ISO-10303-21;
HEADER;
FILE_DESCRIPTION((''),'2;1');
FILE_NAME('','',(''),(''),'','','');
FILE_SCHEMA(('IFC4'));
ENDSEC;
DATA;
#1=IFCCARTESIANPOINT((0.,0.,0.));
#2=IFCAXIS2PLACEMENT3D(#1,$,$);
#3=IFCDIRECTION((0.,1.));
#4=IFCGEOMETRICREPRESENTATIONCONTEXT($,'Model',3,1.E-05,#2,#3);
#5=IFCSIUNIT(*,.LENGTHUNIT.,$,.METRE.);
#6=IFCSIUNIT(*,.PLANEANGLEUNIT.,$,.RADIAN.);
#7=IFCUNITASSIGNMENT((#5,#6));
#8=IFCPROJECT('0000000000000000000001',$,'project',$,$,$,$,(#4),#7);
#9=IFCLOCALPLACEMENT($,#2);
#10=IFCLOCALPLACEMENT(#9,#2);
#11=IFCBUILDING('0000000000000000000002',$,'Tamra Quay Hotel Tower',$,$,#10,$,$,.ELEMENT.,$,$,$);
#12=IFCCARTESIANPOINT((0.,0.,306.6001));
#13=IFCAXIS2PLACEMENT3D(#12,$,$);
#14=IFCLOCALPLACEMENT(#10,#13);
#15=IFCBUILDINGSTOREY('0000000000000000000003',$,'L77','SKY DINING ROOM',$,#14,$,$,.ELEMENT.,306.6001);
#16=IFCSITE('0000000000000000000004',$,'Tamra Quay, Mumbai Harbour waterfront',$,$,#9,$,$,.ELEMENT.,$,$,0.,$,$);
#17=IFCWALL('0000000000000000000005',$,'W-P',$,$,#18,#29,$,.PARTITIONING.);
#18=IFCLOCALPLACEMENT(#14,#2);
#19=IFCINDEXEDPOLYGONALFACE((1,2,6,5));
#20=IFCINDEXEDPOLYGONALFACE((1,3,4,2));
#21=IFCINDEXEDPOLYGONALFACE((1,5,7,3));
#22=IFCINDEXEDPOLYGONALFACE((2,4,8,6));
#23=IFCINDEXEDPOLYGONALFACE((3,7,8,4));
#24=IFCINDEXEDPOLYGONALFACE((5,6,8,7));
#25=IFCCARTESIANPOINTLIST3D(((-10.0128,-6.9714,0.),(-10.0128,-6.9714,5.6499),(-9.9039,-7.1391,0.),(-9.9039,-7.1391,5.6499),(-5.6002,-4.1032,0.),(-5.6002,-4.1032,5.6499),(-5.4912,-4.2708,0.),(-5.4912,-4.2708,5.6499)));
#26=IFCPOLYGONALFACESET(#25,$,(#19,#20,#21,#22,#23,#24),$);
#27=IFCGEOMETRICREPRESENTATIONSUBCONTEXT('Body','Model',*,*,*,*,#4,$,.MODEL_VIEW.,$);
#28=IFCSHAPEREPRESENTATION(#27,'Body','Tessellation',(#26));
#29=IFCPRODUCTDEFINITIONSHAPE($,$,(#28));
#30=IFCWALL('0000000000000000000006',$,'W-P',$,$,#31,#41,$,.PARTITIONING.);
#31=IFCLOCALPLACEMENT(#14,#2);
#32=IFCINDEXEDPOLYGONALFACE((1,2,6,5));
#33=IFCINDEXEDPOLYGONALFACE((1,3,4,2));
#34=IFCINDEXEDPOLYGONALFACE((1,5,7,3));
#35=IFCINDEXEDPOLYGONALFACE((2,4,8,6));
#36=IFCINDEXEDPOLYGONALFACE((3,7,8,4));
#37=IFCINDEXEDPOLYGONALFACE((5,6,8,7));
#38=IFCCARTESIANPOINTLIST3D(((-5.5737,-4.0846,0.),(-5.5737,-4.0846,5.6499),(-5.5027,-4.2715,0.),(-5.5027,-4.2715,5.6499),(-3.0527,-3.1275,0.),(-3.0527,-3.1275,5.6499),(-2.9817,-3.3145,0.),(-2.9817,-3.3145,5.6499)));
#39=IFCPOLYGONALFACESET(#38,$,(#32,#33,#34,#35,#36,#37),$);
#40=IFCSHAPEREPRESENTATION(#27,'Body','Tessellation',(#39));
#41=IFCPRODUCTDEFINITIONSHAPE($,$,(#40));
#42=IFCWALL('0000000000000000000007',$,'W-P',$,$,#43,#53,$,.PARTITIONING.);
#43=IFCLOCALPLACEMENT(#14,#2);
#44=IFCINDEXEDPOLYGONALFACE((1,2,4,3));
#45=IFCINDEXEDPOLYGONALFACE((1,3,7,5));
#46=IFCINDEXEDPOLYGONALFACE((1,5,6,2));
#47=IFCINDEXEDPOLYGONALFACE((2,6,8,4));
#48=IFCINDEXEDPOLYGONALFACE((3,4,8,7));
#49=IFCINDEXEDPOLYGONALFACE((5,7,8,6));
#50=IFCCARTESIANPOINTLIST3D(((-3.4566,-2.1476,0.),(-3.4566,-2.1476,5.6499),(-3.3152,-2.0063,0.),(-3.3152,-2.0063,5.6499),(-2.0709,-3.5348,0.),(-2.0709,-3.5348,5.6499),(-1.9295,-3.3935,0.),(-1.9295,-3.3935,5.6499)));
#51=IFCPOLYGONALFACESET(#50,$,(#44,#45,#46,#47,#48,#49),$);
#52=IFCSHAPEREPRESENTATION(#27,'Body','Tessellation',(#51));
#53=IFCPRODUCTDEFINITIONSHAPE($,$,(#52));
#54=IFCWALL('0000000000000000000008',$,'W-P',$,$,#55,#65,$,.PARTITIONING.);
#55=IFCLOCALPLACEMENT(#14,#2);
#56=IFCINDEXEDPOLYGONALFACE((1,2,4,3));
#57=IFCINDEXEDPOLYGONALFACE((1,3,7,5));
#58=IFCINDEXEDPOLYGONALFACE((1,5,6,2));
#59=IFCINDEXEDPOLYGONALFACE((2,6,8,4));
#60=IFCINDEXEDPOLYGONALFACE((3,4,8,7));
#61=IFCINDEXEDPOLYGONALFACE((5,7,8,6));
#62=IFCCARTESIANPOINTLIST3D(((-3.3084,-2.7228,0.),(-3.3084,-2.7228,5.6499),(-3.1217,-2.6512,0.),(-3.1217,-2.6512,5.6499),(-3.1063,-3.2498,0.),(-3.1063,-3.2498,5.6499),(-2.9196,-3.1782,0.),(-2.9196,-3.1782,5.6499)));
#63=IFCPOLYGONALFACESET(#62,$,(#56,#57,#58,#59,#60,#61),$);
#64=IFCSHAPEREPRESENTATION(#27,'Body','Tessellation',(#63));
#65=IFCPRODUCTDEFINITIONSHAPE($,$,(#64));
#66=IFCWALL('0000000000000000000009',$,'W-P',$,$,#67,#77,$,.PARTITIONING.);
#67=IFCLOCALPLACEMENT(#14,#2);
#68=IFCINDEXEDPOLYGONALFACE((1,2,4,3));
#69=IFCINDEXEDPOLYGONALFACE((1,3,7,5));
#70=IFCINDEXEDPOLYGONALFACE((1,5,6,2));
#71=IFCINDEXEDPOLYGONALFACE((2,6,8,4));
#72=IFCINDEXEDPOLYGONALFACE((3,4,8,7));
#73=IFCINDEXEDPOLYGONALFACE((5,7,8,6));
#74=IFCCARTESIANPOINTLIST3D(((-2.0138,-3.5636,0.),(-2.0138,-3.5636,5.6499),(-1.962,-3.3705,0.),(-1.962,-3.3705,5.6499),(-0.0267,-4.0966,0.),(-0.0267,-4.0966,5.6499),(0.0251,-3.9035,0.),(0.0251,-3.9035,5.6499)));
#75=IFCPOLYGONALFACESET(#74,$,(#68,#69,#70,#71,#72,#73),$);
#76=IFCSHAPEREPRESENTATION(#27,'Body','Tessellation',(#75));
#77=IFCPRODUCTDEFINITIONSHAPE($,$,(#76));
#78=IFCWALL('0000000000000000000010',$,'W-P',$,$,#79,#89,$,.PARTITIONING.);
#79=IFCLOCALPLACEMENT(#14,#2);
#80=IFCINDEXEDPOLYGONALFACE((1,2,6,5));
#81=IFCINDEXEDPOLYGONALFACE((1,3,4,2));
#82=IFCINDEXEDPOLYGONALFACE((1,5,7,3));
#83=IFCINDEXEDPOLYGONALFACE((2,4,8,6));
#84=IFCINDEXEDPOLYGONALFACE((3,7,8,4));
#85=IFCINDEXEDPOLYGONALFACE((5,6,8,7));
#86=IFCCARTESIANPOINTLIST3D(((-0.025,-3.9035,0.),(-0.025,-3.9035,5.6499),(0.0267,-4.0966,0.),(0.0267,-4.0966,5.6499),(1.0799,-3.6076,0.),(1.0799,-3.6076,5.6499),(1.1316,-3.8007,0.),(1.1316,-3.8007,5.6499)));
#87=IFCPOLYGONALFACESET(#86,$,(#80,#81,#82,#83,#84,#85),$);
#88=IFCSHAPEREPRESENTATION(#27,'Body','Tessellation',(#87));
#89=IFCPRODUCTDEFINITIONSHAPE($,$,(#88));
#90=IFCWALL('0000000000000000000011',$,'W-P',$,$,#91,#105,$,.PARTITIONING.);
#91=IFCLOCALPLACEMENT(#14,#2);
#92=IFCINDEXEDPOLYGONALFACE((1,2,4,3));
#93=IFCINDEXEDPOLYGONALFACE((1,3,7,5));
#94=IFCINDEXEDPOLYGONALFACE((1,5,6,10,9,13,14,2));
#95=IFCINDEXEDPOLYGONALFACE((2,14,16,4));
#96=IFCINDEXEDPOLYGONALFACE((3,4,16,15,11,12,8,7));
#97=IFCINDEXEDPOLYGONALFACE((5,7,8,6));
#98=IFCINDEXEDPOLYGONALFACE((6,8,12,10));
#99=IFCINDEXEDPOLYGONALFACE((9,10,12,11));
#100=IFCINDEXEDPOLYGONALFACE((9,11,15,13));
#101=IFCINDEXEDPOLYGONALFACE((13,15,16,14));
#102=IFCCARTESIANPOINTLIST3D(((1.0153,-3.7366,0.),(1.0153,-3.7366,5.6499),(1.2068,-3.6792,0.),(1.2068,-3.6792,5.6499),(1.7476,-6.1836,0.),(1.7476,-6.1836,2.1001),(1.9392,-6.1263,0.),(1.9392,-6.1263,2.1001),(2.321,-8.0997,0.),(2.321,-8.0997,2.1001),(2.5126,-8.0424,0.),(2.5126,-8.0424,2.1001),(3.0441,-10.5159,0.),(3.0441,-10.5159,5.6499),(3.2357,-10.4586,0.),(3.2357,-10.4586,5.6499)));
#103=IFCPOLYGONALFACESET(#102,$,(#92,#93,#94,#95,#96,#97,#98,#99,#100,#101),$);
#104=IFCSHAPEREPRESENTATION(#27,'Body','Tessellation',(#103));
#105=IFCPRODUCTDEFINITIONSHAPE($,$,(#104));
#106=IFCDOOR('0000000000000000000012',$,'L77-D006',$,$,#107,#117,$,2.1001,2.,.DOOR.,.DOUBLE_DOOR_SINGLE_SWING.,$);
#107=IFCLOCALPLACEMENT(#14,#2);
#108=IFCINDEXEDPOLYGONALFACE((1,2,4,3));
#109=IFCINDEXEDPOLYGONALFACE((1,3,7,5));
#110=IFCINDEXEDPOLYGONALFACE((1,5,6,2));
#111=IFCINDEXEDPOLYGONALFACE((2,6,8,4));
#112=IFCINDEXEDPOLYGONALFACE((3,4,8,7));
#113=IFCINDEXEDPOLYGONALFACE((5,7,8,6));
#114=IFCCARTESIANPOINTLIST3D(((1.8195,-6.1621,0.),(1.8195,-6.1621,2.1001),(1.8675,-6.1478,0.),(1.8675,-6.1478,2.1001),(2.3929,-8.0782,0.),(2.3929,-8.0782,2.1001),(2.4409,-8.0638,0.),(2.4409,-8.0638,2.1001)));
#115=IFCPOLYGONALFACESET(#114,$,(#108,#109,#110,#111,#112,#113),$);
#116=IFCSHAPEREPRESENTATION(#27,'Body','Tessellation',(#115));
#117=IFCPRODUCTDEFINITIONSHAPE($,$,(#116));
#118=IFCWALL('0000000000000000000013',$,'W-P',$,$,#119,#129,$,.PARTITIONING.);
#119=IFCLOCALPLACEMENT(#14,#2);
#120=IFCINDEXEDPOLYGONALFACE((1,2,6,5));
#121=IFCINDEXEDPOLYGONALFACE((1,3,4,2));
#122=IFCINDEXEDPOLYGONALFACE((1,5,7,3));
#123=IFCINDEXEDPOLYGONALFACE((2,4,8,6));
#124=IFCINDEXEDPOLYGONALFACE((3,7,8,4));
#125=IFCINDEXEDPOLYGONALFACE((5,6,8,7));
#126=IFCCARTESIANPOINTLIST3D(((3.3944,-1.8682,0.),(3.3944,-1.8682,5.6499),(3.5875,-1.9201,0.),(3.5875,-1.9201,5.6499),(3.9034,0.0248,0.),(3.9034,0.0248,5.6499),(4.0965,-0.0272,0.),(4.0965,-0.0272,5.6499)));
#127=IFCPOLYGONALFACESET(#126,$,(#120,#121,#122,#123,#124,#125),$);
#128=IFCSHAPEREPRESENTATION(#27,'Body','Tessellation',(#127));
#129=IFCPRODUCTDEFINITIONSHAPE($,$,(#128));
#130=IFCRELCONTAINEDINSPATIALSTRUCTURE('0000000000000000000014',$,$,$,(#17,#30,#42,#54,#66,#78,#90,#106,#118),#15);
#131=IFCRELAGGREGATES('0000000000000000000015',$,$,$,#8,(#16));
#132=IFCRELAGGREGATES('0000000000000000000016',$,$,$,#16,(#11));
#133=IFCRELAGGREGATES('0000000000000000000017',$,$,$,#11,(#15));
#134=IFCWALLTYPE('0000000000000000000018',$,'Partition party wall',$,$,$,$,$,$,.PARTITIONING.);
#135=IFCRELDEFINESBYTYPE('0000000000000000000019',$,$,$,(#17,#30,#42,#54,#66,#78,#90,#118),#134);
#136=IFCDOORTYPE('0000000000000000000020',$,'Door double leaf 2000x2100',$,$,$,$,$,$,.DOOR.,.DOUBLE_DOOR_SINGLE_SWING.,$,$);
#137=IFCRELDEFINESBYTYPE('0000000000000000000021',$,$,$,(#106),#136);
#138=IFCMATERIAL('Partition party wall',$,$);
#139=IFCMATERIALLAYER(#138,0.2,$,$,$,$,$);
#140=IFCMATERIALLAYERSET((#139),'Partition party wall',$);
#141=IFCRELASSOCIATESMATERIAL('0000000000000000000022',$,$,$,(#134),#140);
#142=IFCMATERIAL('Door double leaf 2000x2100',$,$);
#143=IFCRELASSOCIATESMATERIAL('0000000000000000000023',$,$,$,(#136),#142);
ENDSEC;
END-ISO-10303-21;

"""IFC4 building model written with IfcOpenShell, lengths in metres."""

from ifc_helpers import new_model, si_unit, direction, frame, frame_2d, origin, place, context, subcontext, project, spatial, rectangle, extrude, material, layer, layer_set, type_object, element, fill, save


model = new_model("IFC4")

# Units and contexts
model_context = context("Model", 3, precision=1e-05, world=origin(), true_north=direction((0.0, 1.0)))
body_context = subcontext(model_context, "Body", "Model", "MODEL_VIEW")
ifc_project = project(units=[si_unit("LENGTHUNIT", "METRE"), si_unit("PLANEANGLEUNIT", "RADIAN")], contexts=[model_context])

# Site, building, storey
site_placement = place(None, origin())
site = spatial("IfcSite", under=ifc_project, at=site_placement, Name="Tamra Quay, Mumbai Harbour waterfront", CompositionType="ELEMENT", RefElevation=0.0)
building_placement = place(site_placement, origin())
building = spatial("IfcBuilding", under=site, at=building_placement, Name="Tamra Quay Hotel Tower", CompositionType="ELEMENT")
storey_placement = place(building_placement, frame((0.0, 0.0, 306.6001)))
storey = spatial("IfcBuildingStorey", under=building, at=storey_placement, Name="L77", Description="SKY DINING ROOM", CompositionType="ELEMENT", Elevation=306.6001)

# Shared definitions
ifc_material_1 = material(Name="Partition party wall")
ifc_layer_1 = layer(ifc_material_1, 0.2)
ifc_layer_set_1 = layer_set([ifc_layer_1], Name="Partition party wall")
wall_type_1 = type_object("IfcWallType", Name="Partition party wall", PredefinedType="PARTITIONING", material=ifc_layer_set_1)

# Walls
wall_1_placement = place(storey_placement, frame((-9.9583, -7.0552, 0.0), z_axis=(0.0, 0.0, 1.0), x_axis=(0.838446, 0.544985, 0.0)))
element("IfcWall", 1, at=wall_1_placement, inside=storey, type_object=wall_type_1, Name="W-P", PredefinedType="PARTITIONING", context=body_context, shape_type="SweptSolid", body=[
    extrude(rectangle(XDim=5.2629, YDim=0.2, at=frame_2d((2.6313, 0.0))), origin(), (0.0, 0.0, 1.0), 5.6499),
])
wall_2_placement = place(storey_placement, frame((-5.5381, -4.178, 0.0), z_axis=(0.0, 0.0, 1.0), x_axis=(0.9349, 0.354911, 0.0)))
element("IfcWall", 2, at=wall_2_placement, inside=storey, type_object=wall_type_1, Name="W-P", PredefinedType="PARTITIONING", context=body_context, shape_type="SweptSolid", body=[
    extrude(rectangle(XDim=2.6965, YDim=0.2, at=frame_2d((1.3481, 0.0))), origin(), (0.0, 0.0, 1.0), 5.6499),
])
wall_3_placement = place(storey_placement, frame((-3.386, -2.0769, 0.0), z_axis=(0.0, 0.0, 1.0), x_axis=(0.706733, -0.70748, 0.0)))
element("IfcWall", 3, at=wall_3_placement, inside=storey, type_object=wall_type_1, Name="W-P", PredefinedType="PARTITIONING", context=body_context, shape_type="SweptSolid", body=[
    extrude(rectangle(XDim=1.9607, YDim=0.2, at=frame_2d((0.9805, 0.0))), origin(), (0.0, 0.0, 1.0), 5.6499),
])
wall_4_placement = place(storey_placement, frame((-3.2151, -2.687, 0.0), z_axis=(0.0, 0.0, 1.0), x_axis=(0.358081, -0.933691, 0.0)))
element("IfcWall", 4, at=wall_4_placement, inside=storey, type_object=wall_type_1, Name="W-P", PredefinedType="PARTITIONING", context=body_context, shape_type="SweptSolid", body=[
    extrude(rectangle(XDim=0.5645, YDim=0.2, at=frame_2d((0.2822, 0.0))), origin(), (0.0, 0.0, 1.0), 5.6499),
])
wall_5_placement = place(storey_placement, frame((-1.988, -3.467, 0.0), z_axis=(0.0, 0.0, 1.0), x_axis=(0.965862, -0.259058, 0.0)))
element("IfcWall", 5, at=wall_5_placement, inside=storey, type_object=wall_type_1, Name="W-P", PredefinedType="PARTITIONING", context=body_context, shape_type="SweptSolid", body=[
    extrude(rectangle(XDim=2.0574, YDim=0.2, at=frame_2d((1.0288, 0.0))), origin(), (0.0, 0.0, 1.0), 5.6499),
])
wall_6_placement = place(storey_placement, frame((0.001, -4.0, 0.0), z_axis=(0.0, 0.0, 1.0), x_axis=(0.965965, 0.258672, 0.0)))
element("IfcWall", 6, at=wall_6_placement, inside=storey, type_object=wall_type_1, Name="W-P", PredefinedType="PARTITIONING", context=body_context, shape_type="SweptSolid", body=[
    extrude(rectangle(XDim=1.1438, YDim=0.2, at=frame_2d((0.5718, 0.0))), origin(), (0.0, 0.0, 1.0), 5.6499),
])

# Wall, opening, door
wall_7_placement = place(storey_placement, frame((1.1111, -3.708, 0.0), z_axis=(0.0, 0.0, 1.0), x_axis=(0.286702, -0.95802, 0.0)))
wall_7 = element("IfcWall", 7, at=wall_7_placement, inside=storey, type_object=wall_type_1, Name="W-P", PredefinedType="PARTITIONING", context=body_context, shape_type="SweptSolid", body=[
    extrude(rectangle(XDim=7.0764, YDim=0.2, at=frame_2d((3.5381, 0.0))), origin(), (0.0, 0.0, 1.0), 5.6499),
])
opening_1_placement = place(wall_7_placement, frame((2.5542, 0.0, 0.0)))
opening_1 = element("IfcOpeningElement", 8, at=opening_1_placement, cuts=wall_7, PredefinedType="OPENING", context=body_context, shape_type="SweptSolid", body=[
    extrude(rectangle(XDim=2.0, YDim=2.1001, at=frame_2d((1.0, 1.05))), frame((0.0, 0.1099, 0.0), z_axis=(0.0, -1.0, 0.0), x_axis=(1.0, 0.0, 0.0)), (0.0, 0.0, 1.0), 0.22),
])
ifc_material_2 = material(Name="Door double leaf 2000x2100")
door_type_1 = type_object("IfcDoorType", Name="Door double leaf 2000x2100", OperationType="DOUBLE_DOOR_SINGLE_SWING", PredefinedType="DOOR", material=ifc_material_2)
door_1_placement = place(opening_1_placement, frame((2.0, 0.0, 0.0), z_axis=(0.0, 0.0, 1.0), x_axis=(-1.0, 0.0, 0.0)))
door_1 = element("IfcDoor", 9, at=door_1_placement, inside=storey, type_object=door_type_1, Name="L77-D006", OperationType="DOUBLE_DOOR_SINGLE_SWING", OverallHeight=2.1001, OverallWidth=2.0, PredefinedType="DOOR", context=body_context, shape_type="SweptSolid", body=[
    extrude(rectangle(XDim=2.0, YDim=2.1001, at=frame_2d((1.0, 1.05))), frame((0.0, 0.0249, 0.0), z_axis=(0.0, -1.0, 0.0), x_axis=(1.0, 0.0, 0.0)), (0.0, 0.0, 1.0), 0.05),
])
fill(opening_1, door_1)

# Wall
wall_8_placement = place(storey_placement, frame((3.491, -1.894, 0.0), z_axis=(0.0, 0.0, 1.0), x_axis=(0.25967, 0.965697, 0.0)))
element("IfcWall", 10, at=wall_8_placement, inside=storey, type_object=wall_type_1, Name="W-P", PredefinedType="PARTITIONING", context=body_context, shape_type="SweptSolid", body=[
    extrude(rectangle(XDim=1.9602, YDim=0.2, at=frame_2d((0.98, 0.0))), origin(), (0.0, 0.0, 1.0), 5.6499),
])

save(model, "model.ifc")
